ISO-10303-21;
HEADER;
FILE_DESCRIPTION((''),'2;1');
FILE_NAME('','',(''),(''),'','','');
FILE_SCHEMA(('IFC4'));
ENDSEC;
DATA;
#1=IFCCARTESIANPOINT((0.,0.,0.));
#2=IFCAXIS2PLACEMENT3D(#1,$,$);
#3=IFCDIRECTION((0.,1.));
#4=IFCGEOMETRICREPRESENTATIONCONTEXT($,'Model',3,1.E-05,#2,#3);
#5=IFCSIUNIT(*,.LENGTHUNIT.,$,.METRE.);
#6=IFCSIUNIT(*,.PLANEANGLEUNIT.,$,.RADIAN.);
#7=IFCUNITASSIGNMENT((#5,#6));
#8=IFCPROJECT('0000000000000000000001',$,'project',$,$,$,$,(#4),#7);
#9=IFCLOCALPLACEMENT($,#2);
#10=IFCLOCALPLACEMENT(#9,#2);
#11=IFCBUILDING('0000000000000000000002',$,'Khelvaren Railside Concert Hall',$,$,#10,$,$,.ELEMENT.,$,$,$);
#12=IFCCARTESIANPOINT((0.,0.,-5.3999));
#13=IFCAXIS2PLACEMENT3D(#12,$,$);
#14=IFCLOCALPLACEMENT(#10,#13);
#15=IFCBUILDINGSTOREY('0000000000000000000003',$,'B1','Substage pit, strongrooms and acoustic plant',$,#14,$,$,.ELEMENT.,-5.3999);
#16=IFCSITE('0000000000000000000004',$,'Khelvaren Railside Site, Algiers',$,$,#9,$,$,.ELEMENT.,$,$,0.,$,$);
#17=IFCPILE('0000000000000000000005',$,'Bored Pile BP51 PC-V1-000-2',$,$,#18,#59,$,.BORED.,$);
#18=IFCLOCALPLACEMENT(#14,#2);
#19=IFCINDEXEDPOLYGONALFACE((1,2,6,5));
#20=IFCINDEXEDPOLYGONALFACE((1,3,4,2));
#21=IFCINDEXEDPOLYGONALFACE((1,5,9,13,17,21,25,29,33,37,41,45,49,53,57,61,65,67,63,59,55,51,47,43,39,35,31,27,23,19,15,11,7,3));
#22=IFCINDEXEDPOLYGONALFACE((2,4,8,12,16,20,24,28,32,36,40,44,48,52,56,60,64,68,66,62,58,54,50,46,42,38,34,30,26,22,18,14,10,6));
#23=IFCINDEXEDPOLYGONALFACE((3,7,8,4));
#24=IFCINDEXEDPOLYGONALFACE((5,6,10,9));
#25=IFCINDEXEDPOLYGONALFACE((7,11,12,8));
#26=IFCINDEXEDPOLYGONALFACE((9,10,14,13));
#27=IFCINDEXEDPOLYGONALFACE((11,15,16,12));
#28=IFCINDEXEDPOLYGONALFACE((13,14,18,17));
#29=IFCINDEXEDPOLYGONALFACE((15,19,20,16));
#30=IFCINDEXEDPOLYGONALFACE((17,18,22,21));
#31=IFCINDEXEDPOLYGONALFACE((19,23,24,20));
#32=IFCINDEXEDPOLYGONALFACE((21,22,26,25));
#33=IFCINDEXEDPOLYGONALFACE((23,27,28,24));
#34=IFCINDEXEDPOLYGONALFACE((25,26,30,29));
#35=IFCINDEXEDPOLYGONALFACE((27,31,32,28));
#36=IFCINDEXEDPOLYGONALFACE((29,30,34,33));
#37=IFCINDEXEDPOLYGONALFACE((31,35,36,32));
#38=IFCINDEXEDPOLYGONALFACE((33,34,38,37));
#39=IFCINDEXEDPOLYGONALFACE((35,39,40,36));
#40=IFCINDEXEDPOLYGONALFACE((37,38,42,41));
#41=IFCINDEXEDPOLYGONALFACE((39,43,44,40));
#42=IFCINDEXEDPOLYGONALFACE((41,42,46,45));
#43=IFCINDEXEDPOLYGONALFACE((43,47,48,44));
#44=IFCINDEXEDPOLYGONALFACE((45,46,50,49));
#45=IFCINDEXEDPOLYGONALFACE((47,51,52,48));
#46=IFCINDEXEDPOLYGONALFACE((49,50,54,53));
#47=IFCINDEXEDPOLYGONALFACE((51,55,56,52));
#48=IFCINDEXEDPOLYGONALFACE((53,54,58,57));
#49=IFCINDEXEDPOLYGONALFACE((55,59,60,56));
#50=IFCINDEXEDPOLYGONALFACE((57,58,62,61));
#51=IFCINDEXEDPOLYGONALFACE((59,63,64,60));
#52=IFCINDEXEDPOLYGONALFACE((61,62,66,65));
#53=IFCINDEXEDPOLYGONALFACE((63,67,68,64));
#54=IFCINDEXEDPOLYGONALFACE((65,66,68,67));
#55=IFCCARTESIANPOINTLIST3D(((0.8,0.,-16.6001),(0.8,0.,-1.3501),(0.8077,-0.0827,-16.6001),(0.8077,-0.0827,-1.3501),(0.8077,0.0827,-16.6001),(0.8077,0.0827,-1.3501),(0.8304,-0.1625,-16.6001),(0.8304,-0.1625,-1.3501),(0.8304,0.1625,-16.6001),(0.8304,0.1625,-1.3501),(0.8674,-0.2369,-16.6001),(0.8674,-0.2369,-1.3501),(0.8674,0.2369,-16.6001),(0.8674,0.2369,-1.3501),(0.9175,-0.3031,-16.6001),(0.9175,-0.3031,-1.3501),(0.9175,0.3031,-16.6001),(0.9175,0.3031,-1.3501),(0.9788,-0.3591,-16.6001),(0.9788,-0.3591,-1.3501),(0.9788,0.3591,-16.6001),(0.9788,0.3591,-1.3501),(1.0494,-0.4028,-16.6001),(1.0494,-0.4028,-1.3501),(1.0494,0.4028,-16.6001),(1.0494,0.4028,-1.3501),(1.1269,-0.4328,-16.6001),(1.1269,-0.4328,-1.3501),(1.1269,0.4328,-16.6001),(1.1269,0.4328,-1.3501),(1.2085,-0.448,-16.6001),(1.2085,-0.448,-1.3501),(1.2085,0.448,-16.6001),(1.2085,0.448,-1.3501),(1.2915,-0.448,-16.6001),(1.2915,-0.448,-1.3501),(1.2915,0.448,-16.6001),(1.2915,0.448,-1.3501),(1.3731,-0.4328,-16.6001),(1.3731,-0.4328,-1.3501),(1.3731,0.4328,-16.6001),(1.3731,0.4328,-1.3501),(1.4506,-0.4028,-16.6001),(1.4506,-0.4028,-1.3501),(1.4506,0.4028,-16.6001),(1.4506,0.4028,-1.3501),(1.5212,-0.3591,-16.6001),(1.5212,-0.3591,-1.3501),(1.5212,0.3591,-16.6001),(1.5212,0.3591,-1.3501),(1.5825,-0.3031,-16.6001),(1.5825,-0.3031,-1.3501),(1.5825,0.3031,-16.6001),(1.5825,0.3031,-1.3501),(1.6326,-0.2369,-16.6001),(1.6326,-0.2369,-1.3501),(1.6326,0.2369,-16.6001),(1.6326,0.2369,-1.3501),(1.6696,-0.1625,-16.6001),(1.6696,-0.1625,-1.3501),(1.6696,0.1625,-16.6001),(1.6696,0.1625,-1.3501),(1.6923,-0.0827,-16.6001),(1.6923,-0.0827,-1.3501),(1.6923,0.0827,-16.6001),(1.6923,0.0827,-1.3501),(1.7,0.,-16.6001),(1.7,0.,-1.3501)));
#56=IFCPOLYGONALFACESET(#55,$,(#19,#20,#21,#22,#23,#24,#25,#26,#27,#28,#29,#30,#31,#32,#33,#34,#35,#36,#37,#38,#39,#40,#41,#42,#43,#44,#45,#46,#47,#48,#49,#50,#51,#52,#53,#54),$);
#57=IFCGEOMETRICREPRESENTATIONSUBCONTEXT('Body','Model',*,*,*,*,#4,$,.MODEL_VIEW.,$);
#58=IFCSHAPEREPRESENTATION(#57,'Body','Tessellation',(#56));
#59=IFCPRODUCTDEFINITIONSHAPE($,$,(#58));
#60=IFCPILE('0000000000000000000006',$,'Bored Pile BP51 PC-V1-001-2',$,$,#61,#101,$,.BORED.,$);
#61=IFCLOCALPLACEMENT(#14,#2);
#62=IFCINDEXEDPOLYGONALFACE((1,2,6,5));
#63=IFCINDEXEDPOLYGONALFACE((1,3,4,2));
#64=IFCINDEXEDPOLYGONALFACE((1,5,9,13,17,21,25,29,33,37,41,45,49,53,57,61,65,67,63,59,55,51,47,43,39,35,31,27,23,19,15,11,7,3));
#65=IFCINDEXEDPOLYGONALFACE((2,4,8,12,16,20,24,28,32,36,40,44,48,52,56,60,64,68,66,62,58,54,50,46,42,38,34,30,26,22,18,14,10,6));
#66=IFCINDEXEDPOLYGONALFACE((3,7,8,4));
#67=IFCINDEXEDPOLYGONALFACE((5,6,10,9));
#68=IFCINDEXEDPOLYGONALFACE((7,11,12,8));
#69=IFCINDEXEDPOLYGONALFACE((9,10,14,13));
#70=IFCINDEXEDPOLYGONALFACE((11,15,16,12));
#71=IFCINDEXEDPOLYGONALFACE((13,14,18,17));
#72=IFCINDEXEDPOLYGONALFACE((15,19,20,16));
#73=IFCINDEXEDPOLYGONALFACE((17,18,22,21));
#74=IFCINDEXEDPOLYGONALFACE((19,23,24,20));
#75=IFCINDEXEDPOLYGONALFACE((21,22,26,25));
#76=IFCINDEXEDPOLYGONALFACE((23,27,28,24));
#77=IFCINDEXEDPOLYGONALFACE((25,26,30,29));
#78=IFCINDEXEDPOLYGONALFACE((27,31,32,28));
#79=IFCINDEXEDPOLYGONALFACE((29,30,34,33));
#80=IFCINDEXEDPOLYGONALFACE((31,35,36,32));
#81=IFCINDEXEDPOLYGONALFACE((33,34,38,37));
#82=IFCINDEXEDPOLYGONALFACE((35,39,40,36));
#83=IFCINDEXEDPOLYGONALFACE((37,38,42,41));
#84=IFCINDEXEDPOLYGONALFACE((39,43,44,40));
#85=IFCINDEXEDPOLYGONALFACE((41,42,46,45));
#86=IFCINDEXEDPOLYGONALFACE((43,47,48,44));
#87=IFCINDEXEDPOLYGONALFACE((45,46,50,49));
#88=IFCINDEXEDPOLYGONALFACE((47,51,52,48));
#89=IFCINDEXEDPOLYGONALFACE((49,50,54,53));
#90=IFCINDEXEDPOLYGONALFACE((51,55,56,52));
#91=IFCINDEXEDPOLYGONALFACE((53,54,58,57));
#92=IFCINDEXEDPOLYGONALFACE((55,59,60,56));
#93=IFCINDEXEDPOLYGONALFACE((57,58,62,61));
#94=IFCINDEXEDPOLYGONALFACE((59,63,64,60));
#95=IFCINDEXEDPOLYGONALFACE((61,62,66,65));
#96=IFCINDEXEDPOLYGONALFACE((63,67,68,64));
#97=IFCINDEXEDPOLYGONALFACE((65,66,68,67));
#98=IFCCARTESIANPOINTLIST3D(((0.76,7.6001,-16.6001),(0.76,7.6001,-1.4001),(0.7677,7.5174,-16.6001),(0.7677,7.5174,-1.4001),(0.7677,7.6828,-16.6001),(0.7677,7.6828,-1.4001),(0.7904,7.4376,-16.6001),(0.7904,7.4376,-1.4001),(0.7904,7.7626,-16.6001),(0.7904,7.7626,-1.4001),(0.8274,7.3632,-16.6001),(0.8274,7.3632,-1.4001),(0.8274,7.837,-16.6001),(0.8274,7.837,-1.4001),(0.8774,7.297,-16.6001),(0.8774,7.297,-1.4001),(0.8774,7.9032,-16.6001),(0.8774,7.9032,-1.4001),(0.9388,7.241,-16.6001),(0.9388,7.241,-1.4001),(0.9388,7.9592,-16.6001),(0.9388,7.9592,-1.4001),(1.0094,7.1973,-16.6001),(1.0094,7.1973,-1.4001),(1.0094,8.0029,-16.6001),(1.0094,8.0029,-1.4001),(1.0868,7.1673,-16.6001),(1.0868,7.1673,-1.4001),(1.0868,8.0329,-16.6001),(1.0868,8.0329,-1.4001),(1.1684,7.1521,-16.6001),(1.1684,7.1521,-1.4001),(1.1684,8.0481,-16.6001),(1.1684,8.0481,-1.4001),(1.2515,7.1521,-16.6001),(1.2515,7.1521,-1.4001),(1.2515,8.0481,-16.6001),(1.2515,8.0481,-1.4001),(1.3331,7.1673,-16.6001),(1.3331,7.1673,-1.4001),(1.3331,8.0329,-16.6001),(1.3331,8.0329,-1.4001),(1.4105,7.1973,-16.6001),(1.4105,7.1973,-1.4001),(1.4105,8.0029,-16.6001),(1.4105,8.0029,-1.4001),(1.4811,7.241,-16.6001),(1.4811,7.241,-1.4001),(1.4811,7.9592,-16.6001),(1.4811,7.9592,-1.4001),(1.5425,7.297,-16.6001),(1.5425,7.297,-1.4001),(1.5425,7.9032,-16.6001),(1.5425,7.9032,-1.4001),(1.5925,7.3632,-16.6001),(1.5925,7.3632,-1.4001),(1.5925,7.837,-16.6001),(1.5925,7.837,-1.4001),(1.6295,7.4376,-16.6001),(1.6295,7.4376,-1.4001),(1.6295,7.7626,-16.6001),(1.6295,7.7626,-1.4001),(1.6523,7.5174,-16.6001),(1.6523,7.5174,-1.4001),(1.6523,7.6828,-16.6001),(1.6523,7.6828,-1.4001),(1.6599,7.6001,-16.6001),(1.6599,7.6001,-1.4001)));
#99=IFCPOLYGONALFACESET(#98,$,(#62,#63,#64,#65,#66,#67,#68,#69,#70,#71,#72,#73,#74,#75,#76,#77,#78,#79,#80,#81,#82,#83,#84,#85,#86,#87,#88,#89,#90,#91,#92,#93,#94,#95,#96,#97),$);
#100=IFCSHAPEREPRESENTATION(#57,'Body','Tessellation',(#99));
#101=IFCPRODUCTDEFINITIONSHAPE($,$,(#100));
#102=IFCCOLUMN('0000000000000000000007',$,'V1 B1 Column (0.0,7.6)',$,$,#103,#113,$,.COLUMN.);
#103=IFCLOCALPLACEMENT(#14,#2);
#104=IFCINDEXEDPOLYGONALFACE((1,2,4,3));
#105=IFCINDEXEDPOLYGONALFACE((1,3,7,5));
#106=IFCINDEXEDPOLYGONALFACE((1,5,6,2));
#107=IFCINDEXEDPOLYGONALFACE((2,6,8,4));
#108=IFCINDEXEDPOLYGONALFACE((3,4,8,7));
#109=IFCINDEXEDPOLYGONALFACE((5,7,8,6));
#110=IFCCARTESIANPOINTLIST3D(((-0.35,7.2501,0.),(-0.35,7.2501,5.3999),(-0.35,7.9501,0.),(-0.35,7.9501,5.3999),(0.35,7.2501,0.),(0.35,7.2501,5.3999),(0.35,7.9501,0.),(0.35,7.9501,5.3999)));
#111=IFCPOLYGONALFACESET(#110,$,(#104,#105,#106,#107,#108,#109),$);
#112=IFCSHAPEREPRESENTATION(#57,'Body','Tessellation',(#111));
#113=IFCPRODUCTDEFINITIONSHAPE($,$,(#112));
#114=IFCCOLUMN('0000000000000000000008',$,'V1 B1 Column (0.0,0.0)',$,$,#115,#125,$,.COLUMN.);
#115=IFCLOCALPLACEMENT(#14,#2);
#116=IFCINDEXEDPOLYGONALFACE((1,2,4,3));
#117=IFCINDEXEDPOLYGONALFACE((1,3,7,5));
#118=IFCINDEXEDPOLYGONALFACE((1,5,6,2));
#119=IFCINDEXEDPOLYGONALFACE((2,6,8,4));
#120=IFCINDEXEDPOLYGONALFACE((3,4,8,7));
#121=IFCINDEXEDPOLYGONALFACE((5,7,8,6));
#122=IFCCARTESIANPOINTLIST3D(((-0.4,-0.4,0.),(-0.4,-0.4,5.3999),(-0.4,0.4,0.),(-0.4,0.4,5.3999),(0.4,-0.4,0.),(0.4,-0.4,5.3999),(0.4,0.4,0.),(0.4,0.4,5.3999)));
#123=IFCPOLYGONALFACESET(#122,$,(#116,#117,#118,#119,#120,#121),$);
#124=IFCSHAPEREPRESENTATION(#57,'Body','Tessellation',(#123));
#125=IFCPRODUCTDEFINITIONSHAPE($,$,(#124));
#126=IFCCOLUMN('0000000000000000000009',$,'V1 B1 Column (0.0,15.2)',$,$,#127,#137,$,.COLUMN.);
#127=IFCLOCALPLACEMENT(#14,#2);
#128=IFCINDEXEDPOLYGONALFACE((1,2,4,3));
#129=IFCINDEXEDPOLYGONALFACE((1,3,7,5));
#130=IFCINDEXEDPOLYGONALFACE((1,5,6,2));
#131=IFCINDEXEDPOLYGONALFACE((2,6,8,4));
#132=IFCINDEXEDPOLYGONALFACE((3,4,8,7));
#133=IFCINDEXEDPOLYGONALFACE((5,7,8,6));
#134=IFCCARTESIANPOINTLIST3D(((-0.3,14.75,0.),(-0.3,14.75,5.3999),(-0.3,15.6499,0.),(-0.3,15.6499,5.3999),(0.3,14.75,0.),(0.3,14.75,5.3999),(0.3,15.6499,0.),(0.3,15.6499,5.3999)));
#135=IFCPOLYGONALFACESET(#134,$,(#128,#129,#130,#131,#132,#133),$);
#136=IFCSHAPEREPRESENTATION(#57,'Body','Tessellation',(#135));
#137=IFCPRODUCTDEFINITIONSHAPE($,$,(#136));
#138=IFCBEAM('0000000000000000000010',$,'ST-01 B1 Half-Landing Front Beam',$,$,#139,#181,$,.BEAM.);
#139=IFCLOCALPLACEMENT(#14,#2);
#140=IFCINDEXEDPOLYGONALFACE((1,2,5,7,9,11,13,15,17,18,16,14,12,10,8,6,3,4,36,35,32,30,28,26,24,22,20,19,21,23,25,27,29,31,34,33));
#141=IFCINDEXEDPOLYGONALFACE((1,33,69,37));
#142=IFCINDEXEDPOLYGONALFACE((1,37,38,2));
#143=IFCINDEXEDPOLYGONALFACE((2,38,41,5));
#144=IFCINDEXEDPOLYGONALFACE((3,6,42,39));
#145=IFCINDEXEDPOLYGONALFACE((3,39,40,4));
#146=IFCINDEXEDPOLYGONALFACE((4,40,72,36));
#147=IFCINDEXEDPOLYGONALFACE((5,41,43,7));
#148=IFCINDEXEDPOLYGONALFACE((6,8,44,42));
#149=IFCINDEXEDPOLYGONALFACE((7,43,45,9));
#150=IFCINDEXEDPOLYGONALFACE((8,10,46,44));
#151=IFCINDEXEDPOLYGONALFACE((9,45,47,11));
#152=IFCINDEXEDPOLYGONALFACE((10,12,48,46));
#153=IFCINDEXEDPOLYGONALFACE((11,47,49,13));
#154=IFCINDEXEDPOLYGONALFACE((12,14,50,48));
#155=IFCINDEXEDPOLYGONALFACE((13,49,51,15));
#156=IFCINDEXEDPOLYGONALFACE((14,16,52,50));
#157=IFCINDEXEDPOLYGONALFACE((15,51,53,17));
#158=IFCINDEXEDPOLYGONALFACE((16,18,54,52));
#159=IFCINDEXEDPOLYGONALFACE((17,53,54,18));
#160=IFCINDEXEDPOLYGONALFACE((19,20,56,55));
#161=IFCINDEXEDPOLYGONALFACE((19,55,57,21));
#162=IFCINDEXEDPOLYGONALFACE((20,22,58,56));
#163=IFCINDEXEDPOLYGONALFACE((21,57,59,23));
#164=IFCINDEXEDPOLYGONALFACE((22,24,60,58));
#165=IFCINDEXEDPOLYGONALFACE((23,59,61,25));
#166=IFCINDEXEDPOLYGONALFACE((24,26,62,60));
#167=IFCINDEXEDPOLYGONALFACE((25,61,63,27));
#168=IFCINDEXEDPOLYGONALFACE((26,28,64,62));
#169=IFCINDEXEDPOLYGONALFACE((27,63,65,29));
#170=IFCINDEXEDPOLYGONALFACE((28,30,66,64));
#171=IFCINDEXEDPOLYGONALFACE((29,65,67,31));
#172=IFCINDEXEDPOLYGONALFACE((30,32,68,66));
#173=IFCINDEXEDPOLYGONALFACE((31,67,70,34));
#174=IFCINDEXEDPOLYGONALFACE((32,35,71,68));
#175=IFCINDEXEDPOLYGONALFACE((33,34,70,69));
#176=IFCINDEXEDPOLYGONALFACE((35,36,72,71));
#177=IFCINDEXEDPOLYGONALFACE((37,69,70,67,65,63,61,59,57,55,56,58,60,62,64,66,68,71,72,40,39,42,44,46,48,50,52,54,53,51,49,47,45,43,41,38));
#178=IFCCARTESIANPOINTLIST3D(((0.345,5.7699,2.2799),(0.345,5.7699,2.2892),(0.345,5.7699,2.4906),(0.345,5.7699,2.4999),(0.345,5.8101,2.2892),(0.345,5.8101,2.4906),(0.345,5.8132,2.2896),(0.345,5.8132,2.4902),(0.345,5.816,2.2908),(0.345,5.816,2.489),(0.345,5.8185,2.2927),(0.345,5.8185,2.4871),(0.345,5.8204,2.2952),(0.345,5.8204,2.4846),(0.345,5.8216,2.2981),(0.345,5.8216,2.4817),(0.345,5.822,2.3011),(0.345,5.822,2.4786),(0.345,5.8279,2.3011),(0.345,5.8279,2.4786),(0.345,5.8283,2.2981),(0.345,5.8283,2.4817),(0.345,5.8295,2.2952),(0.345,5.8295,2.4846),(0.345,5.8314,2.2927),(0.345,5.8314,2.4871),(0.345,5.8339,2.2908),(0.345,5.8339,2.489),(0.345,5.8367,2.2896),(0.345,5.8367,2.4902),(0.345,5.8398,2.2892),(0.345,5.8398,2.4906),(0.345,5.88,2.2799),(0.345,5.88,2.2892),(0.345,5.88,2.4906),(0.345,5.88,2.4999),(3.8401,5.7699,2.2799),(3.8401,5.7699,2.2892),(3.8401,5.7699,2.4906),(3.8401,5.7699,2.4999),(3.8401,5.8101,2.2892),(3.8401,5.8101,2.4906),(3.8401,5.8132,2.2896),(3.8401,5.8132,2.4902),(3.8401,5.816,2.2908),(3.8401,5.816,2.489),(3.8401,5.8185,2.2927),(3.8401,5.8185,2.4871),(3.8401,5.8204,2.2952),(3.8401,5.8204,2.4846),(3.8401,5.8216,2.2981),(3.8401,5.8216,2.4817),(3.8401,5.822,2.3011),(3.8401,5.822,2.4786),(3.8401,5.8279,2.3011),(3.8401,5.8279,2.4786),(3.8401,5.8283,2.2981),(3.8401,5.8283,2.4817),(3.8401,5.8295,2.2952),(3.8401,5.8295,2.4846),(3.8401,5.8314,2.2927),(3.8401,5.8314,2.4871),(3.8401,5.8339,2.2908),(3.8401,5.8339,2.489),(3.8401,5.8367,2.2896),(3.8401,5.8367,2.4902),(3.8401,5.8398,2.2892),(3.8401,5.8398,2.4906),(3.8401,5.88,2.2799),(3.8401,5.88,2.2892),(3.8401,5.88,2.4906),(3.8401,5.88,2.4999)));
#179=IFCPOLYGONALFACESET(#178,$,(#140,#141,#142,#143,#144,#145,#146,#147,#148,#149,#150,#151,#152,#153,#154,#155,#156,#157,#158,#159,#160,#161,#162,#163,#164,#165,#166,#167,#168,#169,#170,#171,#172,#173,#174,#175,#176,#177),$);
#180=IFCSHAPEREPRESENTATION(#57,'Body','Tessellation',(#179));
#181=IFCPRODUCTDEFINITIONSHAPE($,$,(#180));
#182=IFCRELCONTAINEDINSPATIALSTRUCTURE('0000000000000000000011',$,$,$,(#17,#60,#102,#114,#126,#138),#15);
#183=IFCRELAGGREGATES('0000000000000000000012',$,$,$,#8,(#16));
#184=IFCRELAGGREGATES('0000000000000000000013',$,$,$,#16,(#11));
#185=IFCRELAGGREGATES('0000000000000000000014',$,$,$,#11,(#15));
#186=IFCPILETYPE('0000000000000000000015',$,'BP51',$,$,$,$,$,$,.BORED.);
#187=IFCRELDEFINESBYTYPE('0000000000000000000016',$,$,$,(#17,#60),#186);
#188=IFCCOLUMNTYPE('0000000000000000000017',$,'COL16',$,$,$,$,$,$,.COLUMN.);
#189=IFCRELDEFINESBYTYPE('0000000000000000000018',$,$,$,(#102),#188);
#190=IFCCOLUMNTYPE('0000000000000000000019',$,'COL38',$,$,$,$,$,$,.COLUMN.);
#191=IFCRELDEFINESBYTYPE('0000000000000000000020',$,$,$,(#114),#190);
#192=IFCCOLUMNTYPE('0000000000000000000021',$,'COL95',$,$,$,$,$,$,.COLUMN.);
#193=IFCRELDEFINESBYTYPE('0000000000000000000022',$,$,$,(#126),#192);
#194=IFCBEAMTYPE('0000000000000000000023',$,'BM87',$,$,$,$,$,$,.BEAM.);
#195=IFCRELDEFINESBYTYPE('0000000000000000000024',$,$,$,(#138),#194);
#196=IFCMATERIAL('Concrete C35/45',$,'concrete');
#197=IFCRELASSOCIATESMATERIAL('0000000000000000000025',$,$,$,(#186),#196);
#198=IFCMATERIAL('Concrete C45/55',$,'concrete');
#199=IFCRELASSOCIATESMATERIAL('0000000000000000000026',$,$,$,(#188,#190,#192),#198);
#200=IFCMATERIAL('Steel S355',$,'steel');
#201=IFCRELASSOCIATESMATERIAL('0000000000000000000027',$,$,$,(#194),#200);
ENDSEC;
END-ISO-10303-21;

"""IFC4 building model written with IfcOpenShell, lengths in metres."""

from ifc_helpers import new_model, si_unit, direction, frame, origin, origin_with_axes, origin_2d, place, context, subcontext, project, spatial, rectangle, circle, i_section, extrude, material, material_profile, profile_set, type_object, element, save


model = new_model("IFC4")

# Units and contexts
model_context = context("Model", 3, precision=1e-05, world=origin(), true_north=direction((0.0, 1.0)))
body_context = subcontext(model_context, "Body", "Model", "MODEL_VIEW")
ifc_project = project(units=[si_unit("LENGTHUNIT", "METRE"), si_unit("PLANEANGLEUNIT", "RADIAN")], contexts=[model_context])

# Site, building, storey
site_placement = place(None, origin())
site = spatial("IfcSite", under=ifc_project, at=site_placement, Name="Khelvaren Railside Site, Algiers", CompositionType="ELEMENT", RefElevation=0.0)
building_placement = place(site_placement, origin())
building = spatial("IfcBuilding", under=site, at=building_placement, Name="Khelvaren Railside Concert Hall", CompositionType="ELEMENT")
storey_placement = place(building_placement, frame((0.0, 0.0, -5.3999)))
storey = spatial("IfcBuildingStorey", under=building, at=storey_placement, Name="B1", Description="Substage pit, strongrooms and acoustic plant", CompositionType="ELEMENT", Elevation=-5.3999)

# Piles
ifc_material_1 = material(Name="Concrete C35/45", Category="concrete")
ifc_material_profile_1 = material_profile(ifc_material_1, circle(Radius=0.45, at=origin_2d()), Name="BP D900")
ifc_profile_set_1 = profile_set([ifc_material_profile_1], Name="Concrete C35/45")
pile_type = type_object("IfcPileType", Name="BP51", PredefinedType="BORED", material=ifc_profile_set_1)
pile_1_placement = place(storey_placement, frame((1.25, 0.0, -1.3501), z_axis=(0.0, 0.0, -1.0), x_axis=(1.0, 0.0, 0.0)))
element("IfcPile", 1, at=pile_1_placement, inside=storey, type_object=pile_type, Name="Bored Pile BP51 PC-V1-000-2", PredefinedType="BORED", context=body_context, shape_type="SweptSolid", body=[
    extrude(circle(Radius=0.45, at=origin_2d()), origin(), (0.0, 0.0, 1.0), 15.25),
])
pile_2_placement = place(storey_placement, frame((1.21, 7.6001, -1.4001), z_axis=(0.0, 0.0, -1.0), x_axis=(1.0, 0.0, 0.0)))
element("IfcPile", 2, at=pile_2_placement, inside=storey, type_object=pile_type, Name="Bored Pile BP51 PC-V1-001-2", PredefinedType="BORED", context=body_context, shape_type="SweptSolid", body=[
    extrude(circle(Radius=0.45, at=origin_2d()), origin(), (0.0, 0.0, 1.0), 15.2),
])

# Columns
ifc_material_2 = material(Name="Concrete C45/55", Category="concrete")
ifc_material_profile_2 = material_profile(ifc_material_2, rectangle(XDim=0.7, YDim=0.7, at=origin_2d()), Name="RC 700x700")
ifc_profile_set_2 = profile_set([ifc_material_profile_2], Name="Concrete C45/55")
column_type_1 = type_object("IfcColumnType", Name="COL16", PredefinedType="COLUMN", material=ifc_profile_set_2)
column_1_placement = place(storey_placement, frame((0.0, 7.6001, 0.0), z_axis=(0.0, 0.0, 1.0), x_axis=(1.0, 0.0, 0.0)))
element("IfcColumn", 3, at=column_1_placement, inside=storey, type_object=column_type_1, Name="V1 B1 Column (0.0,7.6)", PredefinedType="COLUMN", context=body_context, shape_type="SweptSolid", body=[
    extrude(rectangle(XDim=0.7, YDim=0.7, at=origin_2d()), origin(), (0.0, 0.0, 1.0), 5.3999),
])
ifc_material_profile_3 = material_profile(ifc_material_2, rectangle(XDim=0.8, YDim=0.8, at=origin_2d()), Name="RC 800x800")
ifc_profile_set_3 = profile_set([ifc_material_profile_3], Name="Concrete C45/55")
column_type_2 = type_object("IfcColumnType", Name="COL38", PredefinedType="COLUMN", material=ifc_profile_set_3)
column_2_placement = place(storey_placement, origin_with_axes())
element("IfcColumn", 4, at=column_2_placement, inside=storey, type_object=column_type_2, Name="V1 B1 Column (0.0,0.0)", PredefinedType="COLUMN", context=body_context, shape_type="SweptSolid", body=[
    extrude(rectangle(XDim=0.8, YDim=0.8, at=origin_2d()), origin(), (0.0, 0.0, 1.0), 5.3999),
])
ifc_material_profile_4 = material_profile(ifc_material_2, rectangle(XDim=0.6001, YDim=0.8999, at=origin_2d()), Name="RC 600x900")
ifc_profile_set_4 = profile_set([ifc_material_profile_4], Name="Concrete C45/55")
column_type_3 = type_object("IfcColumnType", Name="COL95", PredefinedType="COLUMN", material=ifc_profile_set_4)
column_3_placement = place(storey_placement, frame((0.0, 15.2, 0.0), z_axis=(0.0, 0.0, 1.0), x_axis=(1.0, 0.0, 0.0)))
element("IfcColumn", 5, at=column_3_placement, inside=storey, type_object=column_type_3, Name="V1 B1 Column (0.0,15.2)", PredefinedType="COLUMN", context=body_context, shape_type="SweptSolid", body=[
    extrude(rectangle(XDim=0.6001, YDim=0.8999, at=origin_2d()), origin(), (0.0, 0.0, 1.0), 5.3999),
])

# Beam
ifc_material_3 = material(Name="Steel S355", Category="steel")
ifc_material_profile_5 = material_profile(ifc_material_3, i_section(OverallWidth=0.1101, OverallDepth=0.22, WebThickness=0.0059, FlangeThickness=0.0093, FilletRadius=0.012, at=origin_2d()), Name="IPE 220")
ifc_profile_set_5 = profile_set([ifc_material_profile_5], Name="Steel S355")
beam_type_1 = type_object("IfcBeamType", Name="BM87", PredefinedType="BEAM", material=ifc_profile_set_5)
for number, where, z_axis, x_axis, name in (
    (6, (0.345, 5.825, 2.3899), (1.0, 0.0, 0.0), (0.0, 1.0, 0.0), "ST-01 B1 Half-Landing Front Beam"),
):
    element("IfcBeam", number, at=place(storey_placement, frame(where, z_axis=z_axis, x_axis=x_axis)), inside=storey, type_object=beam_type_1, Name=name, PredefinedType="BEAM", context=body_context, shape_type="SweptSolid", body=[
        extrude(i_section(OverallWidth=0.1101, OverallDepth=0.22, WebThickness=0.0059, FlangeThickness=0.0093, FilletRadius=0.012, at=origin_2d()), origin(), (0.0, 0.0, 1.0), 3.4951),
    ])

save(model, "model.ifc")
